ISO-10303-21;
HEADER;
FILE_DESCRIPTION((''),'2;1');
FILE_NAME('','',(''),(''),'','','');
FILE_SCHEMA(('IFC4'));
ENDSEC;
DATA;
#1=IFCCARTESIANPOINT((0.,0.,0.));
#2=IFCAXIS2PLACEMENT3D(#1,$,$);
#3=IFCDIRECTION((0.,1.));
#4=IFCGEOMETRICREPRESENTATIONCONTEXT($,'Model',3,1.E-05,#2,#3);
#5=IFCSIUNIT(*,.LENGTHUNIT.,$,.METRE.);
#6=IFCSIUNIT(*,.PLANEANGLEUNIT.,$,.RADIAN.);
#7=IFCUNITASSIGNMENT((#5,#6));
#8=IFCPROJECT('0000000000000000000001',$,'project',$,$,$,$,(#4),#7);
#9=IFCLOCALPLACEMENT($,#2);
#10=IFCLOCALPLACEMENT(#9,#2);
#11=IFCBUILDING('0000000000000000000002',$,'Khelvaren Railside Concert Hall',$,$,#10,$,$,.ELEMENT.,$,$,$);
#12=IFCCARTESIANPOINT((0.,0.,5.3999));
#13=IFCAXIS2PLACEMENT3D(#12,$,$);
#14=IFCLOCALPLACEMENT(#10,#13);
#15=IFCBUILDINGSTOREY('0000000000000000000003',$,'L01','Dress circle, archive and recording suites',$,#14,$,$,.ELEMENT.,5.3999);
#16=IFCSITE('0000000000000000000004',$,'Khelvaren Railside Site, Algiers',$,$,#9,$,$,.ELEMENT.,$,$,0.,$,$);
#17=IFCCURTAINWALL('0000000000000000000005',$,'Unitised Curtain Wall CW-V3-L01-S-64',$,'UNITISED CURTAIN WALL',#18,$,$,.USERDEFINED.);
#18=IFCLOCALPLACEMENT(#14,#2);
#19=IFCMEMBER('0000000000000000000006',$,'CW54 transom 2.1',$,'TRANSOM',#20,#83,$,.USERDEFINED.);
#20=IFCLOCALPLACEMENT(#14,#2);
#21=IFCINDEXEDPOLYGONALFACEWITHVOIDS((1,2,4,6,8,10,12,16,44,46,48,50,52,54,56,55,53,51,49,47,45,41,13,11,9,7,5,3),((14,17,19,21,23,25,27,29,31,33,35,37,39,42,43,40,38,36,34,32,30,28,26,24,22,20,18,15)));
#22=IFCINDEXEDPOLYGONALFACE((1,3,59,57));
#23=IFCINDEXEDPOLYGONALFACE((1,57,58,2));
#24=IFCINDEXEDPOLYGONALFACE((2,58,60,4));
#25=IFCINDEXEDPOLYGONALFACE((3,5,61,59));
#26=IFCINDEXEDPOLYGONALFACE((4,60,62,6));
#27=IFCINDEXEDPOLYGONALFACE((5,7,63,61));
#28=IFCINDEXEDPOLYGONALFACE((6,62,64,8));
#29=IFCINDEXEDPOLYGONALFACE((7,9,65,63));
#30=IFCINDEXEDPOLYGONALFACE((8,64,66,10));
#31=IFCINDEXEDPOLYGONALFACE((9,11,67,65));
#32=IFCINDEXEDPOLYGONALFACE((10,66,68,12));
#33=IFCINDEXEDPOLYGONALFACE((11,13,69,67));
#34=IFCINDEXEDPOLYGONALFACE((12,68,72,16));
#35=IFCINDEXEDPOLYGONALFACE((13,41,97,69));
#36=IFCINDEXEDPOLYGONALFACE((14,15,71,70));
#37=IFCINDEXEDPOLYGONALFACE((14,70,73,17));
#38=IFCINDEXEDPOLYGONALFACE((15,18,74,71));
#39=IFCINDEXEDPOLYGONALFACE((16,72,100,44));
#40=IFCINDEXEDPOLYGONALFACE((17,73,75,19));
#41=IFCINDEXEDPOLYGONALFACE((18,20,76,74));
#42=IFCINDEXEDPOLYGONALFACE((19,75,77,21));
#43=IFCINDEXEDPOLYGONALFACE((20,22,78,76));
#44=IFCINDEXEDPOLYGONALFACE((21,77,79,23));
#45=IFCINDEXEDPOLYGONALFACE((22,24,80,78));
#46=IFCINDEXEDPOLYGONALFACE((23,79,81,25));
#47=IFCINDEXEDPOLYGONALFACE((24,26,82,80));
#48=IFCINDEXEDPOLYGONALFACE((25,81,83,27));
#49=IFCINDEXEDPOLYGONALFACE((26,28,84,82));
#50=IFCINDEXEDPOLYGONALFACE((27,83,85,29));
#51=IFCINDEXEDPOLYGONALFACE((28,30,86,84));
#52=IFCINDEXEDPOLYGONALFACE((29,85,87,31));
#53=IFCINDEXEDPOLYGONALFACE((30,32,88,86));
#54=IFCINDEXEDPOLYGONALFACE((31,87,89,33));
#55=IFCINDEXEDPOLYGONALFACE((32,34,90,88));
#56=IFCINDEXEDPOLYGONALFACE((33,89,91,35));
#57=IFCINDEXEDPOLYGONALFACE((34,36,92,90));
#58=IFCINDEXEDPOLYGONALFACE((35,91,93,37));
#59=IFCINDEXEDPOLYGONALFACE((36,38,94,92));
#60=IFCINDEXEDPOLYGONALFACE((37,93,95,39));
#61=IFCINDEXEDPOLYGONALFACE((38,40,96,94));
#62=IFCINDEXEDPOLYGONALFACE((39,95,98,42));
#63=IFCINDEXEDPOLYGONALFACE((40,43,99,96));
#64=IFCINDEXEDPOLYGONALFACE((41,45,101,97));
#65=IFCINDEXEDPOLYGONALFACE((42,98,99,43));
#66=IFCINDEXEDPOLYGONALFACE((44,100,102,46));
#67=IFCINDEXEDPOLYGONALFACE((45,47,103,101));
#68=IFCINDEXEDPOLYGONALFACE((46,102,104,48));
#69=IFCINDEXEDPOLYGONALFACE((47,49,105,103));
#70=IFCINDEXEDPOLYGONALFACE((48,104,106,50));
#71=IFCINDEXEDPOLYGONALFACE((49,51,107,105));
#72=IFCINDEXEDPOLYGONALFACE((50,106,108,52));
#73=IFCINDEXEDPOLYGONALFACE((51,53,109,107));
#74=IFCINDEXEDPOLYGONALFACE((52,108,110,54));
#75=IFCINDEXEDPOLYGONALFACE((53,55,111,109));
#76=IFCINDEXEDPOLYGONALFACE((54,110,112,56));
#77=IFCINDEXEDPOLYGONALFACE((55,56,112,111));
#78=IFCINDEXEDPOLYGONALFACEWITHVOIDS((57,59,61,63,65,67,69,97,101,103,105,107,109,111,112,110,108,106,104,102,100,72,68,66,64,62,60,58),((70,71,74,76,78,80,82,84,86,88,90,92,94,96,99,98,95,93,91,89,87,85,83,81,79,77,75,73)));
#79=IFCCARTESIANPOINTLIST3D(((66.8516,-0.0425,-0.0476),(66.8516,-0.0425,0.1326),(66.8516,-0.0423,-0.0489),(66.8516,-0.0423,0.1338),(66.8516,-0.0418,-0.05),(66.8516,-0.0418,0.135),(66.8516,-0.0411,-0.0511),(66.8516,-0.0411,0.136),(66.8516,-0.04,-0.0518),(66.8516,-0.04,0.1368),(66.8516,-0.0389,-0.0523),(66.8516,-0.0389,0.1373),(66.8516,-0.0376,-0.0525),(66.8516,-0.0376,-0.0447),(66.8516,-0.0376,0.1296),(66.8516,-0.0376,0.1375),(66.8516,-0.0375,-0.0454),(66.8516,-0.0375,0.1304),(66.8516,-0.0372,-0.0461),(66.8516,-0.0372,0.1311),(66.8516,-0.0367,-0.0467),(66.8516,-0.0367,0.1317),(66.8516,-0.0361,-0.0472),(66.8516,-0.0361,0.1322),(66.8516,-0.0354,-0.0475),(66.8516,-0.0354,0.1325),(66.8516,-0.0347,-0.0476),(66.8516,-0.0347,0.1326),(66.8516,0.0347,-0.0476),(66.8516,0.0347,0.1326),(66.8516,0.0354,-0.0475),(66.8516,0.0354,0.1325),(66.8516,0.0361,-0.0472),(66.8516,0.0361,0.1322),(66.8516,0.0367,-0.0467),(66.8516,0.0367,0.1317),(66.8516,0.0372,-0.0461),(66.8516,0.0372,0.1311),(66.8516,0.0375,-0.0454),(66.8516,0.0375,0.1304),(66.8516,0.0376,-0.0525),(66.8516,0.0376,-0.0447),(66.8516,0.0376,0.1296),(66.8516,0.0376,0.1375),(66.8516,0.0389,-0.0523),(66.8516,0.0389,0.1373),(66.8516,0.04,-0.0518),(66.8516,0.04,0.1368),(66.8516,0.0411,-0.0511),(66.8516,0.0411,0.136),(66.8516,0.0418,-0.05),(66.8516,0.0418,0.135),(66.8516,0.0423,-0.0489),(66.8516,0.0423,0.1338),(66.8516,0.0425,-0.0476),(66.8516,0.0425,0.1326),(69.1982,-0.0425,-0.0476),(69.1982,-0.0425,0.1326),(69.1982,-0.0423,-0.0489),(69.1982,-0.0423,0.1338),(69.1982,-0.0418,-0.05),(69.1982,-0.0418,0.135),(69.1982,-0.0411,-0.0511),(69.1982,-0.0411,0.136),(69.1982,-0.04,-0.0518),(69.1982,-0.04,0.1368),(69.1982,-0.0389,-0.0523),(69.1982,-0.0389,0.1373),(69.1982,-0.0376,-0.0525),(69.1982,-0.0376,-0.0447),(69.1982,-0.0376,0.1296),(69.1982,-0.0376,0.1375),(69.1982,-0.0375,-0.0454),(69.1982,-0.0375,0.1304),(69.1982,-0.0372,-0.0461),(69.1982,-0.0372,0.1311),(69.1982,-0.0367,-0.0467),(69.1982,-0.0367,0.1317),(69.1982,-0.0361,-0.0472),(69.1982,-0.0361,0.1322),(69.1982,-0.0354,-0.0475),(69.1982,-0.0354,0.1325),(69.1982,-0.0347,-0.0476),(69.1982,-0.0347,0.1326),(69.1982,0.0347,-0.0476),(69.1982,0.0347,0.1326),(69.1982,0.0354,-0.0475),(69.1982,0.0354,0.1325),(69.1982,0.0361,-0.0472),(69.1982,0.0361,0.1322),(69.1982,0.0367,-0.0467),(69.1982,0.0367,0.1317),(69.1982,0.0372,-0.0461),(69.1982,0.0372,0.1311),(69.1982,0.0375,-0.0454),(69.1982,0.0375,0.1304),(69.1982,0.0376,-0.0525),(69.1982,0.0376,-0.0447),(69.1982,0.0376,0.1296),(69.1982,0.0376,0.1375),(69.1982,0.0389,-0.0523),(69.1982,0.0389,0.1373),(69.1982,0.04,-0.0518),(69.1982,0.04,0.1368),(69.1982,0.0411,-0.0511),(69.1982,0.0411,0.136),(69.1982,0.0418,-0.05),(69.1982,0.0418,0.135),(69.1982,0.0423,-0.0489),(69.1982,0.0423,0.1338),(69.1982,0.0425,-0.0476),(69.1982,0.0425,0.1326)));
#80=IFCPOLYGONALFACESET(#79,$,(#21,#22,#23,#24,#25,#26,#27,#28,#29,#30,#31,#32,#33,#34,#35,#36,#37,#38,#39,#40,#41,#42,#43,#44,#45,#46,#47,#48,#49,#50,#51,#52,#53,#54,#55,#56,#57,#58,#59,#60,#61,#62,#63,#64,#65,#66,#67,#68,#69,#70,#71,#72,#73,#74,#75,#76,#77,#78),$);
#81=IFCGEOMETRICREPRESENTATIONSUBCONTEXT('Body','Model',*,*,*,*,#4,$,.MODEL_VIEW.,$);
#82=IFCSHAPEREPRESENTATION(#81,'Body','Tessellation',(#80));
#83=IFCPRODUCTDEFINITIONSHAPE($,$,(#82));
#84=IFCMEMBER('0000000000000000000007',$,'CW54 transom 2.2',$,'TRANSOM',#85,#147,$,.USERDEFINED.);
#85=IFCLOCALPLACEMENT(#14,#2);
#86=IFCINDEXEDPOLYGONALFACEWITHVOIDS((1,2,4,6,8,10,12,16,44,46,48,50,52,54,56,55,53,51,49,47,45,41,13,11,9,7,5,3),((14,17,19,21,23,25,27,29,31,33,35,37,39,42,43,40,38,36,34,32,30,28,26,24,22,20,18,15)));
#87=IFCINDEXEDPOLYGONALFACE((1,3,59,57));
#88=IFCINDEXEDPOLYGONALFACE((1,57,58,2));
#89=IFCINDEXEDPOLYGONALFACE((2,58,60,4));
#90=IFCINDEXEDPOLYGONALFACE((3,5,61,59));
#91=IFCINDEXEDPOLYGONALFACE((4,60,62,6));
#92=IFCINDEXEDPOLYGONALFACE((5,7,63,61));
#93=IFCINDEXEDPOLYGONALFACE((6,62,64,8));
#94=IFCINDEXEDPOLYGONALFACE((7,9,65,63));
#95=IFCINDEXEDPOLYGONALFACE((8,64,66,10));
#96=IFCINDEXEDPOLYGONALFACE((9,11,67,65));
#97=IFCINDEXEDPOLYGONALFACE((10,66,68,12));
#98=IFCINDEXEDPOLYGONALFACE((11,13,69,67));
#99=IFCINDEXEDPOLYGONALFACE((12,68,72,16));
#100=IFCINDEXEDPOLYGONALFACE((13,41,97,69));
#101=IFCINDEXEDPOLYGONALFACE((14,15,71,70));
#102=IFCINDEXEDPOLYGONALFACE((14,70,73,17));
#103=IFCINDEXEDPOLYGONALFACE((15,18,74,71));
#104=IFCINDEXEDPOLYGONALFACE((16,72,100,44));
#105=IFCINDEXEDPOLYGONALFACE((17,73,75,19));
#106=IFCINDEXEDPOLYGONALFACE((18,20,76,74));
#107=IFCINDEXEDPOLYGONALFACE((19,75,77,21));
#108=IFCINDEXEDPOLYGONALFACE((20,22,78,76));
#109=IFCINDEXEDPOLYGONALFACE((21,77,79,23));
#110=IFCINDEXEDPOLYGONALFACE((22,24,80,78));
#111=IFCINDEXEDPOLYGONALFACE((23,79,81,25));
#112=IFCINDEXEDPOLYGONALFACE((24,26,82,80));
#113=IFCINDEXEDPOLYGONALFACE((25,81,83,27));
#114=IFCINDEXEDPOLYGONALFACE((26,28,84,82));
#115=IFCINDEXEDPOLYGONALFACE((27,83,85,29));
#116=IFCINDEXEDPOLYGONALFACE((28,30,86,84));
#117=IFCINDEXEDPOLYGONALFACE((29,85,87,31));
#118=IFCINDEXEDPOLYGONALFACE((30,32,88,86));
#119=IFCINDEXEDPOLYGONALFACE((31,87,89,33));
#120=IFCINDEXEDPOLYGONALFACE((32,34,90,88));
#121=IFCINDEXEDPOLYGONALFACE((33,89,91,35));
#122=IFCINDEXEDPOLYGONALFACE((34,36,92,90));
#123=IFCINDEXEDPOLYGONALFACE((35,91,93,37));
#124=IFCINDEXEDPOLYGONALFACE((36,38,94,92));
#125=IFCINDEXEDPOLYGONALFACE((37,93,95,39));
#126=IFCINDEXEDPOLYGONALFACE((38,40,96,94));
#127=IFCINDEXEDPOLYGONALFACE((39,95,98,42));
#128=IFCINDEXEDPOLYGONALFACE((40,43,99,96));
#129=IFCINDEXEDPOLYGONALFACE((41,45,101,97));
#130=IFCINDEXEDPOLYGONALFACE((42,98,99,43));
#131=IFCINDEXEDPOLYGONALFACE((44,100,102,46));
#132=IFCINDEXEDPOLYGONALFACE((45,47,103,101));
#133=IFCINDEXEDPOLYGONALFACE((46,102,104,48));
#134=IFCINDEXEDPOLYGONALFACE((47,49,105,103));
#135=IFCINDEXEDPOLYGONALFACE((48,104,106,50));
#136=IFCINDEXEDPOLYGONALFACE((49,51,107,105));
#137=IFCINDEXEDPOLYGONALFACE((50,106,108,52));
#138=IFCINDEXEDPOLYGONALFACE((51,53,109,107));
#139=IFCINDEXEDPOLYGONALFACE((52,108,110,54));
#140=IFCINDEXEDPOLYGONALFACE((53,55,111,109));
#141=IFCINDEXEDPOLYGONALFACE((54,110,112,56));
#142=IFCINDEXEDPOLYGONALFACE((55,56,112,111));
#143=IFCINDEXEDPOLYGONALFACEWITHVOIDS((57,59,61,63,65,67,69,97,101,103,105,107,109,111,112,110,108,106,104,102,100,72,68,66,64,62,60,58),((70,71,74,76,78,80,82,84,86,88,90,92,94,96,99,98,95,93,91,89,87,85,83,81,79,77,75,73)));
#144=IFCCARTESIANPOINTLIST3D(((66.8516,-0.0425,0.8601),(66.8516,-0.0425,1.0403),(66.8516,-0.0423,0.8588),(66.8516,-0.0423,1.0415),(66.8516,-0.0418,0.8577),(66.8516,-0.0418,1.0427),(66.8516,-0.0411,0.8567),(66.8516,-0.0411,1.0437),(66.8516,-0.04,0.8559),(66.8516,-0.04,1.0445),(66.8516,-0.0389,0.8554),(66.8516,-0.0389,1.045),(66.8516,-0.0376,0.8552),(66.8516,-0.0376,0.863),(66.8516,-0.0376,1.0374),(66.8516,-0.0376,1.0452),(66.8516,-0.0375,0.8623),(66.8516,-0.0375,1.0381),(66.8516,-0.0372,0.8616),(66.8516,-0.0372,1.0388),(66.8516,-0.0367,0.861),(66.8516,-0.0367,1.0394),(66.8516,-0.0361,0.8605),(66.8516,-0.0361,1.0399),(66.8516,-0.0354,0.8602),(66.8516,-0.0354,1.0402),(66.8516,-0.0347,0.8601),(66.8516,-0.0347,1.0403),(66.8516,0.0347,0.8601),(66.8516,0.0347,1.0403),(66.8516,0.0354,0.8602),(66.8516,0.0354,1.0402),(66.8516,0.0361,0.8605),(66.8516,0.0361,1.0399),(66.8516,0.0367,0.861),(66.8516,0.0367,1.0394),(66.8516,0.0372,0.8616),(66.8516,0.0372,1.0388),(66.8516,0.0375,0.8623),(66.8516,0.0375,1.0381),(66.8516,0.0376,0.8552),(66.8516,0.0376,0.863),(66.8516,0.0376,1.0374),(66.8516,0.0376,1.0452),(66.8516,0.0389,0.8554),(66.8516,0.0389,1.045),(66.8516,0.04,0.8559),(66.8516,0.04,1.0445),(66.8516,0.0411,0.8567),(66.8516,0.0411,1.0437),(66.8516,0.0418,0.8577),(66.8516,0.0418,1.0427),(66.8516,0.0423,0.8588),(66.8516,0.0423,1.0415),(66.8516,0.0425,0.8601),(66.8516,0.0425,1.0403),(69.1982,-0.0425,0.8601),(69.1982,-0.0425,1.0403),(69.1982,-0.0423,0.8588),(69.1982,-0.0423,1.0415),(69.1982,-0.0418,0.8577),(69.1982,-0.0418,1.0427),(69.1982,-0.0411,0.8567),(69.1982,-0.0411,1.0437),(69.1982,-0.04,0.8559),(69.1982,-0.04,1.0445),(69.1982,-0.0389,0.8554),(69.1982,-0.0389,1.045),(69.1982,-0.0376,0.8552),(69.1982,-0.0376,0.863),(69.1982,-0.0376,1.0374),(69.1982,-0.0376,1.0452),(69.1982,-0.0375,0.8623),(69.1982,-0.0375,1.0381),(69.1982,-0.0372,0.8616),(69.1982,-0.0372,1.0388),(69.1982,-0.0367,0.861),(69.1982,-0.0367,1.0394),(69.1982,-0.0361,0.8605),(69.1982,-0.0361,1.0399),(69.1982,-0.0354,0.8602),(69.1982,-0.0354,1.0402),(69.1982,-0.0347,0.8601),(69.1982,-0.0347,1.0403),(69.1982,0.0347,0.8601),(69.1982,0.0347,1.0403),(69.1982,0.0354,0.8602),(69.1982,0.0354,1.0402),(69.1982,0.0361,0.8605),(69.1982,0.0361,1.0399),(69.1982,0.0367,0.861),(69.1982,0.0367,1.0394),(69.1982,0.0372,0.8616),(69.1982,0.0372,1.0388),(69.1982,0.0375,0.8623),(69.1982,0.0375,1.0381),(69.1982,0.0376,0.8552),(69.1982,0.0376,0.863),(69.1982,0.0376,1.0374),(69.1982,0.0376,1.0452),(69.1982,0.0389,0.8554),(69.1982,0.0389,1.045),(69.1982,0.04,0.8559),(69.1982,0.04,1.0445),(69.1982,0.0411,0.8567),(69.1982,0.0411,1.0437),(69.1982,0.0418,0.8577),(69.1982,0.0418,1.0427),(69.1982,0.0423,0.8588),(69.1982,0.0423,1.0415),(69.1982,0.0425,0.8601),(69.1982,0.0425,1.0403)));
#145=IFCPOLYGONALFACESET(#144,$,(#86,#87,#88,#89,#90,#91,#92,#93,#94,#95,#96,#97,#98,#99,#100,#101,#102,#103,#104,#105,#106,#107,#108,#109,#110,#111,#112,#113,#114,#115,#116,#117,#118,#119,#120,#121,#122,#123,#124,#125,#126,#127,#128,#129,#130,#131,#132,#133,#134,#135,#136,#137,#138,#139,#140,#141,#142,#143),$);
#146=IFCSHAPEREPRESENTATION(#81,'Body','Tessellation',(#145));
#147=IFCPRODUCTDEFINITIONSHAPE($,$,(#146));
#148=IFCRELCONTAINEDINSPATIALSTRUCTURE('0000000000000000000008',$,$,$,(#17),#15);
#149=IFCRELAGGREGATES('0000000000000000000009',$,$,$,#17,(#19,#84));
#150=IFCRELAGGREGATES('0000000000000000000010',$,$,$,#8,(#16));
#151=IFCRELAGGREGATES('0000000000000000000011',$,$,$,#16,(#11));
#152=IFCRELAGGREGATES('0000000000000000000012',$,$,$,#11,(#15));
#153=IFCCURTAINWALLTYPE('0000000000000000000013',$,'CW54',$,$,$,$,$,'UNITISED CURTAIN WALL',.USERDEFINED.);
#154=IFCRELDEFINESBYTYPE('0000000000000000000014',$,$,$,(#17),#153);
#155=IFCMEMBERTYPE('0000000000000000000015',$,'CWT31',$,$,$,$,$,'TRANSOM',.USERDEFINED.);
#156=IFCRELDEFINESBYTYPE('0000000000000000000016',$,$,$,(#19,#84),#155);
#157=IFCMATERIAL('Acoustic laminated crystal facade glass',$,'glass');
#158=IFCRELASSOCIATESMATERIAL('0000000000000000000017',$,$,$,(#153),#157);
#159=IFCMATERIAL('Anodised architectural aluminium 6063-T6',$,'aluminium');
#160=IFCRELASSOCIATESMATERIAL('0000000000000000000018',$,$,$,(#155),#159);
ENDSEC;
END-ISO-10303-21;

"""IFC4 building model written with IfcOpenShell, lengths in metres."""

from ifc_helpers import new_model, si_unit, direction, frame, origin, origin_2d, place, context, subcontext, project, spatial, hollow_rectangle, extrude, material, material_profile, profile_set, type_object, element, aggregate, save


model = new_model("IFC4")

# Units and contexts
model_context = context("Model", 3, precision=1e-05, world=origin(), true_north=direction((0.0, 1.0)))
body_context = subcontext(model_context, "Body", "Model", "MODEL_VIEW")
ifc_project = project(units=[si_unit("LENGTHUNIT", "METRE"), si_unit("PLANEANGLEUNIT", "RADIAN")], contexts=[model_context])

# Site, building, storey
site_placement = place(None, origin())
site = spatial("IfcSite", under=ifc_project, at=site_placement, Name="Khelvaren Railside Site, Algiers", CompositionType="ELEMENT", RefElevation=0.0)
building_placement = place(site_placement, origin())
building = spatial("IfcBuilding", under=site, at=building_placement, Name="Khelvaren Railside Concert Hall", CompositionType="ELEMENT")
storey_placement = place(building_placement, frame((0.0, 0.0, 5.3999)))
storey = spatial("IfcBuildingStorey", under=building, at=storey_placement, Name="L01", Description="Dress circle, archive and recording suites", CompositionType="ELEMENT", Elevation=5.3999)

# Curtain wall, members
ifc_material_1 = material(Name="Acoustic laminated crystal facade glass", Category="glass")
curtain_wall_type = type_object("IfcCurtainWallType", Name="CW54", ElementType="UNITISED CURTAIN WALL", PredefinedType="USERDEFINED", material=ifc_material_1)
curtain_wall_placement = place(storey_placement, origin())
curtain_wall = element("IfcCurtainWall", 1, at=curtain_wall_placement, inside=storey, type_object=curtain_wall_type, Name="Unitised Curtain Wall CW-V3-L01-S-64", ObjectType="UNITISED CURTAIN WALL", PredefinedType="USERDEFINED")
ifc_material_2 = material(Name="Anodised architectural aluminium 6063-T6", Category="aluminium")
ifc_material_profile_1 = material_profile(ifc_material_2, hollow_rectangle(XDim=0.085, YDim=0.1899, WallThickness=0.0049, InnerFilletRadius=0.0029, OuterFilletRadius=0.0049, at=origin_2d()), Name="CWT 85x190x5")
ifc_profile_set_1 = profile_set([ifc_material_profile_1], Name="Anodised architectural aluminium 6063-T6")
member_type_1 = type_object("IfcMemberType", Name="CWT31", ElementType="TRANSOM", PredefinedType="USERDEFINED", material=ifc_profile_set_1)
member_1_placement = place(storey_placement, frame((69.1982, 0.0, 0.0425), z_axis=(-1.0, 0.0, 0.0), x_axis=(0.0, -1.0, 0.0)))
member_1 = element("IfcMember", 2, at=member_1_placement, type_object=member_type_1, Name="CW54 transom 2.1", ObjectType="TRANSOM", PredefinedType="USERDEFINED", context=body_context, shape_type="SweptSolid", body=[
    extrude(hollow_rectangle(XDim=0.085, YDim=0.1899, WallThickness=0.0049, InnerFilletRadius=0.0029, OuterFilletRadius=0.0049, at=origin_2d()), origin(), (0.0, 0.0, 1.0), 2.3467),
])
member_2_placement = place(storey_placement, frame((69.1982, 0.0, 0.9502), z_axis=(-1.0, 0.0, 0.0), x_axis=(0.0, -1.0, 0.0)))
member_2 = element("IfcMember", 3, at=member_2_placement, type_object=member_type_1, Name="CW54 transom 2.2", ObjectType="TRANSOM", PredefinedType="USERDEFINED", context=body_context, shape_type="SweptSolid", body=[
    extrude(hollow_rectangle(XDim=0.085, YDim=0.1899, WallThickness=0.0049, InnerFilletRadius=0.0029, OuterFilletRadius=0.0049, at=origin_2d()), origin(), (0.0, 0.0, 1.0), 2.3467),
])

aggregate(curtain_wall, [member_1, member_2])

save(model, "model.ifc")
